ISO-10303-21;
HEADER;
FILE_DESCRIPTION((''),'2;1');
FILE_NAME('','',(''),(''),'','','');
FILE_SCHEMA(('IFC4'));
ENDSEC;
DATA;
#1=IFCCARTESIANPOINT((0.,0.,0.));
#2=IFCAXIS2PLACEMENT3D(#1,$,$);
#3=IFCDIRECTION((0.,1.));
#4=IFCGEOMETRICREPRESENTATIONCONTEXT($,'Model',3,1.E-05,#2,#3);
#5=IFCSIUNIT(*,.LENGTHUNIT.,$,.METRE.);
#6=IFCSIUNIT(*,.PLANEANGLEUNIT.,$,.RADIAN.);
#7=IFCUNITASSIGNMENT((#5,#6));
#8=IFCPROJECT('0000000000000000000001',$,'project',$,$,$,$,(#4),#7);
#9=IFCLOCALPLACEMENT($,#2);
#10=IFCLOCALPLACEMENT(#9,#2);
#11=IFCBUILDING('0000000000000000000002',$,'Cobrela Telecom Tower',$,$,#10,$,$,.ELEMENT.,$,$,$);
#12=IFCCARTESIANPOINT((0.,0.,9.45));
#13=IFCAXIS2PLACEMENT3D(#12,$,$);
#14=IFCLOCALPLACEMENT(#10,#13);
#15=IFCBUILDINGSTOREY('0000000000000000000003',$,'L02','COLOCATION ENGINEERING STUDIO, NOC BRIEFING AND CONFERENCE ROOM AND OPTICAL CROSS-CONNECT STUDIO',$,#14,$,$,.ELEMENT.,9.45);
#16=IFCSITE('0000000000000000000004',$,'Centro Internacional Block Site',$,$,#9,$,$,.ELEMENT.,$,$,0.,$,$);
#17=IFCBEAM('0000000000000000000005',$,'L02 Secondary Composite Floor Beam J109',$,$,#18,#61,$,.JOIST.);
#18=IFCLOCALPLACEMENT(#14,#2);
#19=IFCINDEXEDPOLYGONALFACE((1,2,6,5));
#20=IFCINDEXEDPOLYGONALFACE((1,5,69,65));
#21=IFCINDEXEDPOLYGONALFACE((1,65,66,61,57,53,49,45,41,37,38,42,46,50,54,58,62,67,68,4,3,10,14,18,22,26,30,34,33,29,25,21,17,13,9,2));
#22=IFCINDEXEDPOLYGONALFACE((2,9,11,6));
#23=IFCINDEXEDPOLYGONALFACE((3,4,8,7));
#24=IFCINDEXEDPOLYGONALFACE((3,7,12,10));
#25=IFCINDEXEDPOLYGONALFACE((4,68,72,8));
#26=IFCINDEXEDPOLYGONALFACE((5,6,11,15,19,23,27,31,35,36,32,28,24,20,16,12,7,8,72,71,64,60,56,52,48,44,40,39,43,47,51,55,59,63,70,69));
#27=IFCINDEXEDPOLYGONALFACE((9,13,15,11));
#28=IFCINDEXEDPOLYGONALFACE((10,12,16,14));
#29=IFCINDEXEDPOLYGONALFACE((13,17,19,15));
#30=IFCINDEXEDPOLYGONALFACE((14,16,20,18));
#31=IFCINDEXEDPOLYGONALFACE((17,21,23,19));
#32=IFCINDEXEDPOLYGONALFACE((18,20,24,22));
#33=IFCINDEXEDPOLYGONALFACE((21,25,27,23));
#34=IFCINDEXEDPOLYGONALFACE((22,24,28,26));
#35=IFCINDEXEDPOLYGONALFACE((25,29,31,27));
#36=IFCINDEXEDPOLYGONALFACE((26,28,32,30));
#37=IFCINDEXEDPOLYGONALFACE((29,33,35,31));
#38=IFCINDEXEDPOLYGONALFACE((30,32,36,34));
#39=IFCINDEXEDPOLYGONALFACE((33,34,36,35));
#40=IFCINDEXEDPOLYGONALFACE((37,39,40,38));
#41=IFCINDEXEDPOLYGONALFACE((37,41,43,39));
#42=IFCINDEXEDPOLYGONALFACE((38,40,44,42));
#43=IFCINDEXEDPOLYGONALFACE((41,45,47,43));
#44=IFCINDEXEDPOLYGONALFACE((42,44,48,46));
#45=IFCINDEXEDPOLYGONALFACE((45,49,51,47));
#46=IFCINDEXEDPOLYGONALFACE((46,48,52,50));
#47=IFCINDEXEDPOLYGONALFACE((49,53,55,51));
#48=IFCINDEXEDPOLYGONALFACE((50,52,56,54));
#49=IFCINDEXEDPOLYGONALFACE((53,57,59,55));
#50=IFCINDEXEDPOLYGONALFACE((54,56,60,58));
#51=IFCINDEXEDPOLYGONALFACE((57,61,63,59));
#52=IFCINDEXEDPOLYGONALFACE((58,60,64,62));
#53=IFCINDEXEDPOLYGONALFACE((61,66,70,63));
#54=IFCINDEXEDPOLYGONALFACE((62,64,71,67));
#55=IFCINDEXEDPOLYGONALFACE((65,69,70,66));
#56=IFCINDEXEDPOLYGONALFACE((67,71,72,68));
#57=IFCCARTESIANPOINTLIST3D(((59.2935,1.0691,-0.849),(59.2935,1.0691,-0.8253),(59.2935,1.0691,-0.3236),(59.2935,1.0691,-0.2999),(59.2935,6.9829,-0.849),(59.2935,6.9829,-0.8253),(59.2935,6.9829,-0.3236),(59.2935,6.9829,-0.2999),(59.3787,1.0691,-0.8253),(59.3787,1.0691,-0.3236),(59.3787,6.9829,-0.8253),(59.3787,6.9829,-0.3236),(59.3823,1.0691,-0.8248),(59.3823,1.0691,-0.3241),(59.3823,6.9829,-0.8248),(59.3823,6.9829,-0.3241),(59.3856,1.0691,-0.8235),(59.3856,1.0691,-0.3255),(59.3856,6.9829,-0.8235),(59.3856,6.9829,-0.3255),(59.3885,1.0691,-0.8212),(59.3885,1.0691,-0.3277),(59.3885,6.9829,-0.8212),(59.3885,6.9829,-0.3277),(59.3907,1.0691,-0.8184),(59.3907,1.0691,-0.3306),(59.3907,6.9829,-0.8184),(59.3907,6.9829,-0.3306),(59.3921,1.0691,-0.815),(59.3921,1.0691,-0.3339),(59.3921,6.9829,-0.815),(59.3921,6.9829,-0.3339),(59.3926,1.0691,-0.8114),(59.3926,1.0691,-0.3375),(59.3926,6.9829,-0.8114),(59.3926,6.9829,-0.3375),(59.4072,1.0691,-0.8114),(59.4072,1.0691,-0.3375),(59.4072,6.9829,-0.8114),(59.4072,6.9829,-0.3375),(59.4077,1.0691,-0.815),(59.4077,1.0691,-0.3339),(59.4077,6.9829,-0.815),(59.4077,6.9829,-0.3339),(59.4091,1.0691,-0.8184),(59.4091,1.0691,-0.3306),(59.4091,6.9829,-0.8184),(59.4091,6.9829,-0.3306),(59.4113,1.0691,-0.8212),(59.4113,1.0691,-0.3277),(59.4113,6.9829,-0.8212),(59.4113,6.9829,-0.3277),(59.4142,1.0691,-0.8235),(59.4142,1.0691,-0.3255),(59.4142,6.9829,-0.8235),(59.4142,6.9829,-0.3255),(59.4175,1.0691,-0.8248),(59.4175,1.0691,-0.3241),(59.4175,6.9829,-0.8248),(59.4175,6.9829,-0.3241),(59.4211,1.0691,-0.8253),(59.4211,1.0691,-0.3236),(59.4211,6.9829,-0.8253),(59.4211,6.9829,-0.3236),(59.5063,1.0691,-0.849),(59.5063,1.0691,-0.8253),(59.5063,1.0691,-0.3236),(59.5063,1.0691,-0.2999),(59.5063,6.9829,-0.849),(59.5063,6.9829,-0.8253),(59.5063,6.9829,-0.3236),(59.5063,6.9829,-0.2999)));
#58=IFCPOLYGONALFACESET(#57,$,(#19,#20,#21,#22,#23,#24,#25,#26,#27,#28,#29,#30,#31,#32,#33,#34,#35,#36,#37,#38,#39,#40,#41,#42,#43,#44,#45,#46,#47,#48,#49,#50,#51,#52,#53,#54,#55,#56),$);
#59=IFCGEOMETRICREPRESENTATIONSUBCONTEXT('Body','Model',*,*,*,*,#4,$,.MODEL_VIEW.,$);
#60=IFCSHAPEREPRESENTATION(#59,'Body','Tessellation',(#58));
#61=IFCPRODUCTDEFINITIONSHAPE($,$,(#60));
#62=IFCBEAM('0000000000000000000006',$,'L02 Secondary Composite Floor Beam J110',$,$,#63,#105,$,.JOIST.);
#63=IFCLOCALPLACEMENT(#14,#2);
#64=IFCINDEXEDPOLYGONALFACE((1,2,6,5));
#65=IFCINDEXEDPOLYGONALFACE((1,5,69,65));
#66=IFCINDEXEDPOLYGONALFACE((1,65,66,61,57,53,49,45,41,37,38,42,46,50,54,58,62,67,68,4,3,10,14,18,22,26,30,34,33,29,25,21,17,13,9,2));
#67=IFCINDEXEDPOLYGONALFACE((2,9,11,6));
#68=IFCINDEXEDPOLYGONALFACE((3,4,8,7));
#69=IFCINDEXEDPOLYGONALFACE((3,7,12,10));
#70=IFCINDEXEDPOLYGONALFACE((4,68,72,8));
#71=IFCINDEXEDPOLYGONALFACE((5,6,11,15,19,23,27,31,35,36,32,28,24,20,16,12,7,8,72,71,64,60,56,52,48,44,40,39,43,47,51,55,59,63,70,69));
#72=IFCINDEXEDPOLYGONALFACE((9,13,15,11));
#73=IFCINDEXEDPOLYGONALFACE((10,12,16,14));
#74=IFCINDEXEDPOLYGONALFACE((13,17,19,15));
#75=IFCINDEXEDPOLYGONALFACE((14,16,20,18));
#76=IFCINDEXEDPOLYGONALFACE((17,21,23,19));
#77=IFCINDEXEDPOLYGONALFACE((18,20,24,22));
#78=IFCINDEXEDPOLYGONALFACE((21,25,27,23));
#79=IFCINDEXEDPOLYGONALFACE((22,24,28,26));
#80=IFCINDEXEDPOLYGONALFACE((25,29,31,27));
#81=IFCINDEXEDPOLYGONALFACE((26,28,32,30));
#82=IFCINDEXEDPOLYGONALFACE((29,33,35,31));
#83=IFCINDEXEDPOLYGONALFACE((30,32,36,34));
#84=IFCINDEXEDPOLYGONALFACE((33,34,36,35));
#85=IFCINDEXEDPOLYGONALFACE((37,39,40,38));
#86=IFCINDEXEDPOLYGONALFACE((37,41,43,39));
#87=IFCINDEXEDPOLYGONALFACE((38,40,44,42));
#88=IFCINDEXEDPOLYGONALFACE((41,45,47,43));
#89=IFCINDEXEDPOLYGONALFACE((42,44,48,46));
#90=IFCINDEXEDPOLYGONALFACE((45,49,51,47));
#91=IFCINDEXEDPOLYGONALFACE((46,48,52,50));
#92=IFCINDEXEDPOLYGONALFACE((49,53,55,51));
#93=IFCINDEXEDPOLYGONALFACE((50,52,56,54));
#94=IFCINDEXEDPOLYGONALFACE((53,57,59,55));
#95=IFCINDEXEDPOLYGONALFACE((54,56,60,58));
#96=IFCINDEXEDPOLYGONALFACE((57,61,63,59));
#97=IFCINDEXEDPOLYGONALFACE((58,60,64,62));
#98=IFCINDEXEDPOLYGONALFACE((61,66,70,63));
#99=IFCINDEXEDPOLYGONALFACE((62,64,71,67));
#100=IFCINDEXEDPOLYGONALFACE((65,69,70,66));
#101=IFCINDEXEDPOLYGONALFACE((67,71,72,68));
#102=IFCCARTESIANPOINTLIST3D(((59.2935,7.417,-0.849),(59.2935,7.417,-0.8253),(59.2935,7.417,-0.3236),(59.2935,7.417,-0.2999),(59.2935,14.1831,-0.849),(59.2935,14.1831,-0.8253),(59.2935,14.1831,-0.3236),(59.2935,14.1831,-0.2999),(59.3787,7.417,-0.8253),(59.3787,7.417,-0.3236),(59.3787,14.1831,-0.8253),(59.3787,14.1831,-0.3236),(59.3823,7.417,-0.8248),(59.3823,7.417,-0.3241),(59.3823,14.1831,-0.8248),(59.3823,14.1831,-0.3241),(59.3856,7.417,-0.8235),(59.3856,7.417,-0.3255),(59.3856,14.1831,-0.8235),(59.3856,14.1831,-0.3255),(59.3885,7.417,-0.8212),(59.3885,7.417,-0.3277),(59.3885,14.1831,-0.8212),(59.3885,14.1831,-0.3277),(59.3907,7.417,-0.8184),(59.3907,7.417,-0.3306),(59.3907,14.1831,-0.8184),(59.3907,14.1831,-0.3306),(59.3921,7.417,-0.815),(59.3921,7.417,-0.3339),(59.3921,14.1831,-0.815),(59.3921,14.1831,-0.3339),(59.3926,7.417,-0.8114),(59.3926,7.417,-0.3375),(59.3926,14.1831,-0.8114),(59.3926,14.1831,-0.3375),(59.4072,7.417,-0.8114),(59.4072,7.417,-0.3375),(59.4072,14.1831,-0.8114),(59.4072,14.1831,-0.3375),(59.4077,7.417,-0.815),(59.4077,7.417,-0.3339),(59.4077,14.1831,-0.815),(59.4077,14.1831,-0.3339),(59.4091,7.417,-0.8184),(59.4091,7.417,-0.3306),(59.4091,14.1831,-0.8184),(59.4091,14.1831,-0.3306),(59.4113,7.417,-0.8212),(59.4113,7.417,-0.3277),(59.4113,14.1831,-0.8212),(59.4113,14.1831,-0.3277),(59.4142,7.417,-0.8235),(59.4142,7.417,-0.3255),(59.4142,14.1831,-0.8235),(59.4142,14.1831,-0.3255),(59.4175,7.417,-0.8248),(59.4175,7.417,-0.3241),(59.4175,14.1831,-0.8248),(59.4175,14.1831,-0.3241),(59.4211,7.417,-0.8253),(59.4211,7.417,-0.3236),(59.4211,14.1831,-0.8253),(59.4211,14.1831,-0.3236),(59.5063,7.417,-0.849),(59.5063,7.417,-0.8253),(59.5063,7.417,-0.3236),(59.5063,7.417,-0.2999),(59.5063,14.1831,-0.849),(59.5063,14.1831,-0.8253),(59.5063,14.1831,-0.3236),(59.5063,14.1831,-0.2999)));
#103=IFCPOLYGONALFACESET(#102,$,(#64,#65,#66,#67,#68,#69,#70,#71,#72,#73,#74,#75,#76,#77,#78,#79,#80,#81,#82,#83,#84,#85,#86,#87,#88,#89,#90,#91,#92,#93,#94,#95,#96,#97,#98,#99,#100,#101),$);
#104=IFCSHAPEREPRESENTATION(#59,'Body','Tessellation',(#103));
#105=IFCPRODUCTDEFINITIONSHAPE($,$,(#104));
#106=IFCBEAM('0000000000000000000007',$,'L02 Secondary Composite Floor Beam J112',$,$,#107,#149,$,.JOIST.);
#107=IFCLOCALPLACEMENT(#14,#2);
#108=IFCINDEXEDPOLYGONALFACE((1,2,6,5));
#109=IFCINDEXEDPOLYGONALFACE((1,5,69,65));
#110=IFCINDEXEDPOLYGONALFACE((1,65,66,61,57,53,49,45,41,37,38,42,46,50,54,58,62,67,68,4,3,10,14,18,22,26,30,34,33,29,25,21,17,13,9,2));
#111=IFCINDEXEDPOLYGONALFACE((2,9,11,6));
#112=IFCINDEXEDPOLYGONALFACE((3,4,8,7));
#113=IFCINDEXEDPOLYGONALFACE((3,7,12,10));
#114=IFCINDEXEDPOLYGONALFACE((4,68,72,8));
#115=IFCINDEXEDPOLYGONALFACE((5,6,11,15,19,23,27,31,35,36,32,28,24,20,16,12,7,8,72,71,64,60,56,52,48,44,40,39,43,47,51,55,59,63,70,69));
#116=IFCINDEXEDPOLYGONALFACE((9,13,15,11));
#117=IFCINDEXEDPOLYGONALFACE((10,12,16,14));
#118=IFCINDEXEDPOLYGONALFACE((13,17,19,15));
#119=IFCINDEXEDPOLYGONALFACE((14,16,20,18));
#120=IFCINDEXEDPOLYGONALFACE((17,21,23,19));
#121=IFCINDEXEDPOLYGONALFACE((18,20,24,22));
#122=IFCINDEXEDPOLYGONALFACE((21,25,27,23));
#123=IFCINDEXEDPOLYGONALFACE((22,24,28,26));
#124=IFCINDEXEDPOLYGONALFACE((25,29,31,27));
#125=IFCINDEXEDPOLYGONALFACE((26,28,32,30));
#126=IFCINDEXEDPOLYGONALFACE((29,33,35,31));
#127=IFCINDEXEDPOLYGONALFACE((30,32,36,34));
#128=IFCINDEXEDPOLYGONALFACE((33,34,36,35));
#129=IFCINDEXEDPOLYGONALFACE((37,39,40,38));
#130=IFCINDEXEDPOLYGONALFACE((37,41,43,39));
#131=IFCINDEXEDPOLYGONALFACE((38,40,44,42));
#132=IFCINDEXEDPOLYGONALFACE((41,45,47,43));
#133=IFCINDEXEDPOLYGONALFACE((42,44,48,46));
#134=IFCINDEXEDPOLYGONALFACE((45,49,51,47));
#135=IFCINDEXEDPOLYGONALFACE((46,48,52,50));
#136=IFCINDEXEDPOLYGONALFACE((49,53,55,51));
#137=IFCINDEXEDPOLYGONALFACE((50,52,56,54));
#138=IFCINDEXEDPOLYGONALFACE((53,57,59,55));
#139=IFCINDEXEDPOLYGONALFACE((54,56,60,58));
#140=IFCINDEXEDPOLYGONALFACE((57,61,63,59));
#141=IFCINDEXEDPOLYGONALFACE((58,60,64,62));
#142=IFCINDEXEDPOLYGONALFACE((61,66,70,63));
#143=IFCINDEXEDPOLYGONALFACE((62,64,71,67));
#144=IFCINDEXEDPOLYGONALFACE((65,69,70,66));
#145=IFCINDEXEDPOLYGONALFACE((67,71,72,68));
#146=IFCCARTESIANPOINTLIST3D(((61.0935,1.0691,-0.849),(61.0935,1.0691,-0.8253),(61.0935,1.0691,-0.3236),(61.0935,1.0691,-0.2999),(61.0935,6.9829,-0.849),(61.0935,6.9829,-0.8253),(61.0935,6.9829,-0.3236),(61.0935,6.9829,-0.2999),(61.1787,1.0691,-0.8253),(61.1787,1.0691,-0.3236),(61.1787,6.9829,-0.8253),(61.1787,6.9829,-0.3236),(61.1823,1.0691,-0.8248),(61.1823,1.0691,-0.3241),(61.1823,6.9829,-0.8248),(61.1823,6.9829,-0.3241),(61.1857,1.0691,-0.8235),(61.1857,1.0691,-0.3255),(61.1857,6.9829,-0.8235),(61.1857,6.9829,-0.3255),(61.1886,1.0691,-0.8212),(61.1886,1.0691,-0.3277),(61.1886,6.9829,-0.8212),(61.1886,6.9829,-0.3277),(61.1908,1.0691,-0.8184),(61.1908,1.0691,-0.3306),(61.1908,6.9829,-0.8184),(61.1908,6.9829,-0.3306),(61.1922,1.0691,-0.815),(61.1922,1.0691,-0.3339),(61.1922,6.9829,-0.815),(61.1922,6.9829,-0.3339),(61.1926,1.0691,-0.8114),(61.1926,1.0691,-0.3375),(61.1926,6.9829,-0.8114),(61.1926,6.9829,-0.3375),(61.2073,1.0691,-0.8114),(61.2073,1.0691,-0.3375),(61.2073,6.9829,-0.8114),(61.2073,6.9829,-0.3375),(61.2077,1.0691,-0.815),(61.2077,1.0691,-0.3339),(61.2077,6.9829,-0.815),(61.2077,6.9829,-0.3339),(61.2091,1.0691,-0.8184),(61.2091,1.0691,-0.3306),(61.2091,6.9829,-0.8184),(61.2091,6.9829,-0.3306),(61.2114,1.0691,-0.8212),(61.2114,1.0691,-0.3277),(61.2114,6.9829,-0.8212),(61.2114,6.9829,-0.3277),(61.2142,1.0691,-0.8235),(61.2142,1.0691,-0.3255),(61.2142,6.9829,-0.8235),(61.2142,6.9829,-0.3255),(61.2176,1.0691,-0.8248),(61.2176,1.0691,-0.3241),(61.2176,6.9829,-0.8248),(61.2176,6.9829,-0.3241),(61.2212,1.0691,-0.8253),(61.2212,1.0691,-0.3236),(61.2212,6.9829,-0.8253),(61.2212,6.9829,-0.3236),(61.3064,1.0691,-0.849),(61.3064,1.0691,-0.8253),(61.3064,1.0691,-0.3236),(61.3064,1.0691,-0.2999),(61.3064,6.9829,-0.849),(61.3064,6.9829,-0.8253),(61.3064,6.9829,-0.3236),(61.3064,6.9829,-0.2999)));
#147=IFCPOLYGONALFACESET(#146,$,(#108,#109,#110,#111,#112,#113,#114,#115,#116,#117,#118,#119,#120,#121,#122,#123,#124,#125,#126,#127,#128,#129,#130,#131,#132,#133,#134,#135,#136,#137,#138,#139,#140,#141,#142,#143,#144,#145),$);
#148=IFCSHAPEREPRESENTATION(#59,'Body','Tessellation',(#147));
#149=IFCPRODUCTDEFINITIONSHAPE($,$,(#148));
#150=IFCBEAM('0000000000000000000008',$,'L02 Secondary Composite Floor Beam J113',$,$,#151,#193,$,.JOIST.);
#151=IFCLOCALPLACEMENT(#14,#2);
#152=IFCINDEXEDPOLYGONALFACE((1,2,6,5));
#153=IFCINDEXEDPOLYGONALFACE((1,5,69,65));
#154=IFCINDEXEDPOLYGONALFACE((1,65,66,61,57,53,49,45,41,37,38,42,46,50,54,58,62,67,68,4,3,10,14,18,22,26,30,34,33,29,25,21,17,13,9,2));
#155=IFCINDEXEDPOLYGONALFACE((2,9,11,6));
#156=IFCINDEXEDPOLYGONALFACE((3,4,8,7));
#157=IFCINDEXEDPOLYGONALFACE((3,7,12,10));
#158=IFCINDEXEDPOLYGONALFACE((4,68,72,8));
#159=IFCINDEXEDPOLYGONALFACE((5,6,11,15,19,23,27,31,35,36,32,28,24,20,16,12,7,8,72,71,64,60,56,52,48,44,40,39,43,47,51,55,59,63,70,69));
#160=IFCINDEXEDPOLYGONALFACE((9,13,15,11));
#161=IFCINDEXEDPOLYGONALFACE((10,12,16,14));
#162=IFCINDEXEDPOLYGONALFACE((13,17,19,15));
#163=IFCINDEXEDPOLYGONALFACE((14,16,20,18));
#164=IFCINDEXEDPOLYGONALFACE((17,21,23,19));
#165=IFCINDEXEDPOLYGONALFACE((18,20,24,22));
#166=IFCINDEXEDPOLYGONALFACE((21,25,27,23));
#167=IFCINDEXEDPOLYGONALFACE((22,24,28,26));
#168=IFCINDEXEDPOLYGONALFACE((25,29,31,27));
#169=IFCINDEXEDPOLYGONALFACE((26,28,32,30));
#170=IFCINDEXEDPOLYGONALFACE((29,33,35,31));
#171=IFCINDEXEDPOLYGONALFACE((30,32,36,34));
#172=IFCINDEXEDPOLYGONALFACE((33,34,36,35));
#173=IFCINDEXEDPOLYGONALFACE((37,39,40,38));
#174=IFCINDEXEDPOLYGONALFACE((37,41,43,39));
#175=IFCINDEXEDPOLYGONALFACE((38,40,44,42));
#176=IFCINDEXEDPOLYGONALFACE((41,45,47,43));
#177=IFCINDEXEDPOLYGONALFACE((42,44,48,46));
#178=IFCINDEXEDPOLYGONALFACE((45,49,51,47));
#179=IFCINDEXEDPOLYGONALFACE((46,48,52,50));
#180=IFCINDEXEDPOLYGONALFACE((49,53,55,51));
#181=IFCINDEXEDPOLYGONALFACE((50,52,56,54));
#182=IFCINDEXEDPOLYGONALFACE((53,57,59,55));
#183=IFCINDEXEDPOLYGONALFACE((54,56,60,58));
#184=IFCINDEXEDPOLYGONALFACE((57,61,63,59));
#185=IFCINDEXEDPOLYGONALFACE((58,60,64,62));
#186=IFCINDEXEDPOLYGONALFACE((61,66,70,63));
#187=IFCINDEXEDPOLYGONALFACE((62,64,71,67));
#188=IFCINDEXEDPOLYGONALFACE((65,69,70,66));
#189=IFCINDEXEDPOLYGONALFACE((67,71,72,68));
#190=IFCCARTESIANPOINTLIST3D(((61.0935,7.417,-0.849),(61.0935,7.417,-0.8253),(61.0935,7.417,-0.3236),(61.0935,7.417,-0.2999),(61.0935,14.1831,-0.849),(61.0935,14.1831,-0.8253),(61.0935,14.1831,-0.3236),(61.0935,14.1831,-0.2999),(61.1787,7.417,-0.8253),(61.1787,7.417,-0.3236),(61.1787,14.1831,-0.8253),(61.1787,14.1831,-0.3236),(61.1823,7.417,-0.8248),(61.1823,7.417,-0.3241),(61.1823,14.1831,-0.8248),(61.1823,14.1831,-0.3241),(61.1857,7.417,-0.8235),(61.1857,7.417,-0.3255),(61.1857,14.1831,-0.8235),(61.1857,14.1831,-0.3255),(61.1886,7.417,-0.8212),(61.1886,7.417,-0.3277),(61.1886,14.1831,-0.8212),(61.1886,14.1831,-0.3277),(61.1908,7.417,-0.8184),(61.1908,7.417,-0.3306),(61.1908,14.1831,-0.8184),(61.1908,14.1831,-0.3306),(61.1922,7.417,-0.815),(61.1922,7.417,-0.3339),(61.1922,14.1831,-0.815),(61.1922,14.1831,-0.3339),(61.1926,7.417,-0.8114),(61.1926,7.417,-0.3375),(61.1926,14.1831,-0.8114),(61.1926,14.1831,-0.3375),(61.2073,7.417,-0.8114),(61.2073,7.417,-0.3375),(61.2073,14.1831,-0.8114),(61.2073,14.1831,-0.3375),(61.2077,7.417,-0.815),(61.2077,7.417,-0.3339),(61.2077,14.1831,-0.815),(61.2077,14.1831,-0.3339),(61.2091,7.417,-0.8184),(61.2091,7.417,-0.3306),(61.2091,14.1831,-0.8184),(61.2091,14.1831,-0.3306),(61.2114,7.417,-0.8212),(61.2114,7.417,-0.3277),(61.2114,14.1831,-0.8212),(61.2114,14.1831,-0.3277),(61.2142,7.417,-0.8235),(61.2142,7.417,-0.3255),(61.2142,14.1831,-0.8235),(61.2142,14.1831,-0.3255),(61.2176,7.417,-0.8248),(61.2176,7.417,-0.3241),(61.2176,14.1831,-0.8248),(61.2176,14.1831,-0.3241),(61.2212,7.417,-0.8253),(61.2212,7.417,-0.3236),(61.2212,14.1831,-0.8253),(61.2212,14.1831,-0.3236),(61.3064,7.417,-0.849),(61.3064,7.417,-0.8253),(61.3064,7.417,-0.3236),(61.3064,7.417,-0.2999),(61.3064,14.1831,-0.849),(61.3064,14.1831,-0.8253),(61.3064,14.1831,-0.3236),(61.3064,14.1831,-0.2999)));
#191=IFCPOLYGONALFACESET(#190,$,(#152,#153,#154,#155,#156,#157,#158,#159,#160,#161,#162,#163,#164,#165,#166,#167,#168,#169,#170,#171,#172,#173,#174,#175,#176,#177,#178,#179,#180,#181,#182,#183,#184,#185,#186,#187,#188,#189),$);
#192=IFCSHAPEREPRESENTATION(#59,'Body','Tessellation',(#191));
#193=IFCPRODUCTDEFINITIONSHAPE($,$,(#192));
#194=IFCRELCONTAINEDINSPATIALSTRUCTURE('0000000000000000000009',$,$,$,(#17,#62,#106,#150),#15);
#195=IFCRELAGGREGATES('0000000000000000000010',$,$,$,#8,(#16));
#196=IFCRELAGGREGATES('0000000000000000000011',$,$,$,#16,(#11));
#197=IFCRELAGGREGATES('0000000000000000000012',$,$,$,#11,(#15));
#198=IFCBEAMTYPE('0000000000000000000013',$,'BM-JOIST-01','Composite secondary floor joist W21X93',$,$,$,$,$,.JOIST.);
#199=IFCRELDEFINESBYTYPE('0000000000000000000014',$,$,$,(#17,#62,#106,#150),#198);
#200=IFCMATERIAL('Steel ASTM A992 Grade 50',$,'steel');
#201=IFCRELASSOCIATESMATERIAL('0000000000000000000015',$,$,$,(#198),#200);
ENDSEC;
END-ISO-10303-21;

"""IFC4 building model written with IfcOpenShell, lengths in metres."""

from ifc_helpers import new_model, si_unit, direction, frame, origin, origin_2d, place, context, subcontext, project, spatial, i_section, extrude, material, material_profile, profile_set, type_object, element, save


model = new_model("IFC4")

# Units and contexts
model_context = context("Model", 3, precision=1e-05, world=origin(), true_north=direction((0.0, 1.0)))
body_context = subcontext(model_context, "Body", "Model", "MODEL_VIEW")
ifc_project = project(units=[si_unit("LENGTHUNIT", "METRE"), si_unit("PLANEANGLEUNIT", "RADIAN")], contexts=[model_context])

# Site, building, storey
site_placement = place(None, origin())
site = spatial("IfcSite", under=ifc_project, at=site_placement, Name="Centro Internacional Block Site", CompositionType="ELEMENT", RefElevation=0.0)
building_placement = place(site_placement, origin())
building = spatial("IfcBuilding", under=site, at=building_placement, Name="Cobrela Telecom Tower", CompositionType="ELEMENT")
storey_placement = place(building_placement, frame((0.0, 0.0, 9.45)))
storey = spatial("IfcBuildingStorey", under=building, at=storey_placement, Name="L02", Description="COLOCATION ENGINEERING STUDIO, NOC BRIEFING AND CONFERENCE ROOM AND OPTICAL CROSS-CONNECT STUDIO", CompositionType="ELEMENT", Elevation=9.45)

# Beams
ifc_material_1 = material(Name="Steel ASTM A992 Grade 50", Category="steel")
ifc_material_profile_1 = material_profile(ifc_material_1, i_section(OverallWidth=0.2129, OverallDepth=0.5491, WebThickness=0.0146, FlangeThickness=0.0237, FilletRadius=0.0139, at=origin_2d()), Name="W21X93")
ifc_profile_set_1 = profile_set([ifc_material_profile_1], Name="Steel ASTM A992 Grade 50")
beam_type_1 = type_object("IfcBeamType", Name="BM-JOIST-01", Description="Composite secondary floor joist W21X93", PredefinedType="JOIST", material=ifc_profile_set_1)
beam_1_placement = place(storey_placement, frame((59.3999, 1.0691, -0.5745), z_axis=(0.0, 1.0, 0.0), x_axis=(-1.0, 0.0, 0.0)))
element("IfcBeam", 1, at=beam_1_placement, inside=storey, type_object=beam_type_1, Name="L02 Secondary Composite Floor Beam J109", PredefinedType="JOIST", context=body_context, shape_type="SweptSolid", body=[
    extrude(i_section(OverallWidth=0.2129, OverallDepth=0.5491, WebThickness=0.0146, FlangeThickness=0.0237, FilletRadius=0.0139, at=origin_2d()), origin(), (0.0, 0.0, 1.0), 5.9138),
])
beam_2_placement = place(storey_placement, frame((59.3999, 7.417, -0.5745), z_axis=(0.0, 1.0, 0.0), x_axis=(-1.0, 0.0, 0.0)))
element("IfcBeam", 2, at=beam_2_placement, inside=storey, type_object=beam_type_1, Name="L02 Secondary Composite Floor Beam J110", PredefinedType="JOIST", context=body_context, shape_type="SweptSolid", body=[
    extrude(i_section(OverallWidth=0.2129, OverallDepth=0.5491, WebThickness=0.0146, FlangeThickness=0.0237, FilletRadius=0.0139, at=origin_2d()), origin(), (0.0, 0.0, 1.0), 6.7661),
])
beam_3_placement = place(storey_placement, frame((61.2, 1.0691, -0.5745), z_axis=(0.0, 1.0, 0.0), x_axis=(-1.0, 0.0, 0.0)))
element("IfcBeam", 3, at=beam_3_placement, inside=storey, type_object=beam_type_1, Name="L02 Secondary Composite Floor Beam J112", PredefinedType="JOIST", context=body_context, shape_type="SweptSolid", body=[
    extrude(i_section(OverallWidth=0.2129, OverallDepth=0.5491, WebThickness=0.0146, FlangeThickness=0.0237, FilletRadius=0.0139, at=origin_2d()), origin(), (0.0, 0.0, 1.0), 5.9138),
])
beam_4_placement = place(storey_placement, frame((61.2, 7.417, -0.5745), z_axis=(0.0, 1.0, 0.0), x_axis=(-1.0, 0.0, 0.0)))
element("IfcBeam", 4, at=beam_4_placement, inside=storey, type_object=beam_type_1, Name="L02 Secondary Composite Floor Beam J113", PredefinedType="JOIST", context=body_context, shape_type="SweptSolid", body=[
    extrude(i_section(OverallWidth=0.2129, OverallDepth=0.5491, WebThickness=0.0146, FlangeThickness=0.0237, FilletRadius=0.0139, at=origin_2d()), origin(), (0.0, 0.0, 1.0), 6.7661),
])

save(model, "model.ifc")
